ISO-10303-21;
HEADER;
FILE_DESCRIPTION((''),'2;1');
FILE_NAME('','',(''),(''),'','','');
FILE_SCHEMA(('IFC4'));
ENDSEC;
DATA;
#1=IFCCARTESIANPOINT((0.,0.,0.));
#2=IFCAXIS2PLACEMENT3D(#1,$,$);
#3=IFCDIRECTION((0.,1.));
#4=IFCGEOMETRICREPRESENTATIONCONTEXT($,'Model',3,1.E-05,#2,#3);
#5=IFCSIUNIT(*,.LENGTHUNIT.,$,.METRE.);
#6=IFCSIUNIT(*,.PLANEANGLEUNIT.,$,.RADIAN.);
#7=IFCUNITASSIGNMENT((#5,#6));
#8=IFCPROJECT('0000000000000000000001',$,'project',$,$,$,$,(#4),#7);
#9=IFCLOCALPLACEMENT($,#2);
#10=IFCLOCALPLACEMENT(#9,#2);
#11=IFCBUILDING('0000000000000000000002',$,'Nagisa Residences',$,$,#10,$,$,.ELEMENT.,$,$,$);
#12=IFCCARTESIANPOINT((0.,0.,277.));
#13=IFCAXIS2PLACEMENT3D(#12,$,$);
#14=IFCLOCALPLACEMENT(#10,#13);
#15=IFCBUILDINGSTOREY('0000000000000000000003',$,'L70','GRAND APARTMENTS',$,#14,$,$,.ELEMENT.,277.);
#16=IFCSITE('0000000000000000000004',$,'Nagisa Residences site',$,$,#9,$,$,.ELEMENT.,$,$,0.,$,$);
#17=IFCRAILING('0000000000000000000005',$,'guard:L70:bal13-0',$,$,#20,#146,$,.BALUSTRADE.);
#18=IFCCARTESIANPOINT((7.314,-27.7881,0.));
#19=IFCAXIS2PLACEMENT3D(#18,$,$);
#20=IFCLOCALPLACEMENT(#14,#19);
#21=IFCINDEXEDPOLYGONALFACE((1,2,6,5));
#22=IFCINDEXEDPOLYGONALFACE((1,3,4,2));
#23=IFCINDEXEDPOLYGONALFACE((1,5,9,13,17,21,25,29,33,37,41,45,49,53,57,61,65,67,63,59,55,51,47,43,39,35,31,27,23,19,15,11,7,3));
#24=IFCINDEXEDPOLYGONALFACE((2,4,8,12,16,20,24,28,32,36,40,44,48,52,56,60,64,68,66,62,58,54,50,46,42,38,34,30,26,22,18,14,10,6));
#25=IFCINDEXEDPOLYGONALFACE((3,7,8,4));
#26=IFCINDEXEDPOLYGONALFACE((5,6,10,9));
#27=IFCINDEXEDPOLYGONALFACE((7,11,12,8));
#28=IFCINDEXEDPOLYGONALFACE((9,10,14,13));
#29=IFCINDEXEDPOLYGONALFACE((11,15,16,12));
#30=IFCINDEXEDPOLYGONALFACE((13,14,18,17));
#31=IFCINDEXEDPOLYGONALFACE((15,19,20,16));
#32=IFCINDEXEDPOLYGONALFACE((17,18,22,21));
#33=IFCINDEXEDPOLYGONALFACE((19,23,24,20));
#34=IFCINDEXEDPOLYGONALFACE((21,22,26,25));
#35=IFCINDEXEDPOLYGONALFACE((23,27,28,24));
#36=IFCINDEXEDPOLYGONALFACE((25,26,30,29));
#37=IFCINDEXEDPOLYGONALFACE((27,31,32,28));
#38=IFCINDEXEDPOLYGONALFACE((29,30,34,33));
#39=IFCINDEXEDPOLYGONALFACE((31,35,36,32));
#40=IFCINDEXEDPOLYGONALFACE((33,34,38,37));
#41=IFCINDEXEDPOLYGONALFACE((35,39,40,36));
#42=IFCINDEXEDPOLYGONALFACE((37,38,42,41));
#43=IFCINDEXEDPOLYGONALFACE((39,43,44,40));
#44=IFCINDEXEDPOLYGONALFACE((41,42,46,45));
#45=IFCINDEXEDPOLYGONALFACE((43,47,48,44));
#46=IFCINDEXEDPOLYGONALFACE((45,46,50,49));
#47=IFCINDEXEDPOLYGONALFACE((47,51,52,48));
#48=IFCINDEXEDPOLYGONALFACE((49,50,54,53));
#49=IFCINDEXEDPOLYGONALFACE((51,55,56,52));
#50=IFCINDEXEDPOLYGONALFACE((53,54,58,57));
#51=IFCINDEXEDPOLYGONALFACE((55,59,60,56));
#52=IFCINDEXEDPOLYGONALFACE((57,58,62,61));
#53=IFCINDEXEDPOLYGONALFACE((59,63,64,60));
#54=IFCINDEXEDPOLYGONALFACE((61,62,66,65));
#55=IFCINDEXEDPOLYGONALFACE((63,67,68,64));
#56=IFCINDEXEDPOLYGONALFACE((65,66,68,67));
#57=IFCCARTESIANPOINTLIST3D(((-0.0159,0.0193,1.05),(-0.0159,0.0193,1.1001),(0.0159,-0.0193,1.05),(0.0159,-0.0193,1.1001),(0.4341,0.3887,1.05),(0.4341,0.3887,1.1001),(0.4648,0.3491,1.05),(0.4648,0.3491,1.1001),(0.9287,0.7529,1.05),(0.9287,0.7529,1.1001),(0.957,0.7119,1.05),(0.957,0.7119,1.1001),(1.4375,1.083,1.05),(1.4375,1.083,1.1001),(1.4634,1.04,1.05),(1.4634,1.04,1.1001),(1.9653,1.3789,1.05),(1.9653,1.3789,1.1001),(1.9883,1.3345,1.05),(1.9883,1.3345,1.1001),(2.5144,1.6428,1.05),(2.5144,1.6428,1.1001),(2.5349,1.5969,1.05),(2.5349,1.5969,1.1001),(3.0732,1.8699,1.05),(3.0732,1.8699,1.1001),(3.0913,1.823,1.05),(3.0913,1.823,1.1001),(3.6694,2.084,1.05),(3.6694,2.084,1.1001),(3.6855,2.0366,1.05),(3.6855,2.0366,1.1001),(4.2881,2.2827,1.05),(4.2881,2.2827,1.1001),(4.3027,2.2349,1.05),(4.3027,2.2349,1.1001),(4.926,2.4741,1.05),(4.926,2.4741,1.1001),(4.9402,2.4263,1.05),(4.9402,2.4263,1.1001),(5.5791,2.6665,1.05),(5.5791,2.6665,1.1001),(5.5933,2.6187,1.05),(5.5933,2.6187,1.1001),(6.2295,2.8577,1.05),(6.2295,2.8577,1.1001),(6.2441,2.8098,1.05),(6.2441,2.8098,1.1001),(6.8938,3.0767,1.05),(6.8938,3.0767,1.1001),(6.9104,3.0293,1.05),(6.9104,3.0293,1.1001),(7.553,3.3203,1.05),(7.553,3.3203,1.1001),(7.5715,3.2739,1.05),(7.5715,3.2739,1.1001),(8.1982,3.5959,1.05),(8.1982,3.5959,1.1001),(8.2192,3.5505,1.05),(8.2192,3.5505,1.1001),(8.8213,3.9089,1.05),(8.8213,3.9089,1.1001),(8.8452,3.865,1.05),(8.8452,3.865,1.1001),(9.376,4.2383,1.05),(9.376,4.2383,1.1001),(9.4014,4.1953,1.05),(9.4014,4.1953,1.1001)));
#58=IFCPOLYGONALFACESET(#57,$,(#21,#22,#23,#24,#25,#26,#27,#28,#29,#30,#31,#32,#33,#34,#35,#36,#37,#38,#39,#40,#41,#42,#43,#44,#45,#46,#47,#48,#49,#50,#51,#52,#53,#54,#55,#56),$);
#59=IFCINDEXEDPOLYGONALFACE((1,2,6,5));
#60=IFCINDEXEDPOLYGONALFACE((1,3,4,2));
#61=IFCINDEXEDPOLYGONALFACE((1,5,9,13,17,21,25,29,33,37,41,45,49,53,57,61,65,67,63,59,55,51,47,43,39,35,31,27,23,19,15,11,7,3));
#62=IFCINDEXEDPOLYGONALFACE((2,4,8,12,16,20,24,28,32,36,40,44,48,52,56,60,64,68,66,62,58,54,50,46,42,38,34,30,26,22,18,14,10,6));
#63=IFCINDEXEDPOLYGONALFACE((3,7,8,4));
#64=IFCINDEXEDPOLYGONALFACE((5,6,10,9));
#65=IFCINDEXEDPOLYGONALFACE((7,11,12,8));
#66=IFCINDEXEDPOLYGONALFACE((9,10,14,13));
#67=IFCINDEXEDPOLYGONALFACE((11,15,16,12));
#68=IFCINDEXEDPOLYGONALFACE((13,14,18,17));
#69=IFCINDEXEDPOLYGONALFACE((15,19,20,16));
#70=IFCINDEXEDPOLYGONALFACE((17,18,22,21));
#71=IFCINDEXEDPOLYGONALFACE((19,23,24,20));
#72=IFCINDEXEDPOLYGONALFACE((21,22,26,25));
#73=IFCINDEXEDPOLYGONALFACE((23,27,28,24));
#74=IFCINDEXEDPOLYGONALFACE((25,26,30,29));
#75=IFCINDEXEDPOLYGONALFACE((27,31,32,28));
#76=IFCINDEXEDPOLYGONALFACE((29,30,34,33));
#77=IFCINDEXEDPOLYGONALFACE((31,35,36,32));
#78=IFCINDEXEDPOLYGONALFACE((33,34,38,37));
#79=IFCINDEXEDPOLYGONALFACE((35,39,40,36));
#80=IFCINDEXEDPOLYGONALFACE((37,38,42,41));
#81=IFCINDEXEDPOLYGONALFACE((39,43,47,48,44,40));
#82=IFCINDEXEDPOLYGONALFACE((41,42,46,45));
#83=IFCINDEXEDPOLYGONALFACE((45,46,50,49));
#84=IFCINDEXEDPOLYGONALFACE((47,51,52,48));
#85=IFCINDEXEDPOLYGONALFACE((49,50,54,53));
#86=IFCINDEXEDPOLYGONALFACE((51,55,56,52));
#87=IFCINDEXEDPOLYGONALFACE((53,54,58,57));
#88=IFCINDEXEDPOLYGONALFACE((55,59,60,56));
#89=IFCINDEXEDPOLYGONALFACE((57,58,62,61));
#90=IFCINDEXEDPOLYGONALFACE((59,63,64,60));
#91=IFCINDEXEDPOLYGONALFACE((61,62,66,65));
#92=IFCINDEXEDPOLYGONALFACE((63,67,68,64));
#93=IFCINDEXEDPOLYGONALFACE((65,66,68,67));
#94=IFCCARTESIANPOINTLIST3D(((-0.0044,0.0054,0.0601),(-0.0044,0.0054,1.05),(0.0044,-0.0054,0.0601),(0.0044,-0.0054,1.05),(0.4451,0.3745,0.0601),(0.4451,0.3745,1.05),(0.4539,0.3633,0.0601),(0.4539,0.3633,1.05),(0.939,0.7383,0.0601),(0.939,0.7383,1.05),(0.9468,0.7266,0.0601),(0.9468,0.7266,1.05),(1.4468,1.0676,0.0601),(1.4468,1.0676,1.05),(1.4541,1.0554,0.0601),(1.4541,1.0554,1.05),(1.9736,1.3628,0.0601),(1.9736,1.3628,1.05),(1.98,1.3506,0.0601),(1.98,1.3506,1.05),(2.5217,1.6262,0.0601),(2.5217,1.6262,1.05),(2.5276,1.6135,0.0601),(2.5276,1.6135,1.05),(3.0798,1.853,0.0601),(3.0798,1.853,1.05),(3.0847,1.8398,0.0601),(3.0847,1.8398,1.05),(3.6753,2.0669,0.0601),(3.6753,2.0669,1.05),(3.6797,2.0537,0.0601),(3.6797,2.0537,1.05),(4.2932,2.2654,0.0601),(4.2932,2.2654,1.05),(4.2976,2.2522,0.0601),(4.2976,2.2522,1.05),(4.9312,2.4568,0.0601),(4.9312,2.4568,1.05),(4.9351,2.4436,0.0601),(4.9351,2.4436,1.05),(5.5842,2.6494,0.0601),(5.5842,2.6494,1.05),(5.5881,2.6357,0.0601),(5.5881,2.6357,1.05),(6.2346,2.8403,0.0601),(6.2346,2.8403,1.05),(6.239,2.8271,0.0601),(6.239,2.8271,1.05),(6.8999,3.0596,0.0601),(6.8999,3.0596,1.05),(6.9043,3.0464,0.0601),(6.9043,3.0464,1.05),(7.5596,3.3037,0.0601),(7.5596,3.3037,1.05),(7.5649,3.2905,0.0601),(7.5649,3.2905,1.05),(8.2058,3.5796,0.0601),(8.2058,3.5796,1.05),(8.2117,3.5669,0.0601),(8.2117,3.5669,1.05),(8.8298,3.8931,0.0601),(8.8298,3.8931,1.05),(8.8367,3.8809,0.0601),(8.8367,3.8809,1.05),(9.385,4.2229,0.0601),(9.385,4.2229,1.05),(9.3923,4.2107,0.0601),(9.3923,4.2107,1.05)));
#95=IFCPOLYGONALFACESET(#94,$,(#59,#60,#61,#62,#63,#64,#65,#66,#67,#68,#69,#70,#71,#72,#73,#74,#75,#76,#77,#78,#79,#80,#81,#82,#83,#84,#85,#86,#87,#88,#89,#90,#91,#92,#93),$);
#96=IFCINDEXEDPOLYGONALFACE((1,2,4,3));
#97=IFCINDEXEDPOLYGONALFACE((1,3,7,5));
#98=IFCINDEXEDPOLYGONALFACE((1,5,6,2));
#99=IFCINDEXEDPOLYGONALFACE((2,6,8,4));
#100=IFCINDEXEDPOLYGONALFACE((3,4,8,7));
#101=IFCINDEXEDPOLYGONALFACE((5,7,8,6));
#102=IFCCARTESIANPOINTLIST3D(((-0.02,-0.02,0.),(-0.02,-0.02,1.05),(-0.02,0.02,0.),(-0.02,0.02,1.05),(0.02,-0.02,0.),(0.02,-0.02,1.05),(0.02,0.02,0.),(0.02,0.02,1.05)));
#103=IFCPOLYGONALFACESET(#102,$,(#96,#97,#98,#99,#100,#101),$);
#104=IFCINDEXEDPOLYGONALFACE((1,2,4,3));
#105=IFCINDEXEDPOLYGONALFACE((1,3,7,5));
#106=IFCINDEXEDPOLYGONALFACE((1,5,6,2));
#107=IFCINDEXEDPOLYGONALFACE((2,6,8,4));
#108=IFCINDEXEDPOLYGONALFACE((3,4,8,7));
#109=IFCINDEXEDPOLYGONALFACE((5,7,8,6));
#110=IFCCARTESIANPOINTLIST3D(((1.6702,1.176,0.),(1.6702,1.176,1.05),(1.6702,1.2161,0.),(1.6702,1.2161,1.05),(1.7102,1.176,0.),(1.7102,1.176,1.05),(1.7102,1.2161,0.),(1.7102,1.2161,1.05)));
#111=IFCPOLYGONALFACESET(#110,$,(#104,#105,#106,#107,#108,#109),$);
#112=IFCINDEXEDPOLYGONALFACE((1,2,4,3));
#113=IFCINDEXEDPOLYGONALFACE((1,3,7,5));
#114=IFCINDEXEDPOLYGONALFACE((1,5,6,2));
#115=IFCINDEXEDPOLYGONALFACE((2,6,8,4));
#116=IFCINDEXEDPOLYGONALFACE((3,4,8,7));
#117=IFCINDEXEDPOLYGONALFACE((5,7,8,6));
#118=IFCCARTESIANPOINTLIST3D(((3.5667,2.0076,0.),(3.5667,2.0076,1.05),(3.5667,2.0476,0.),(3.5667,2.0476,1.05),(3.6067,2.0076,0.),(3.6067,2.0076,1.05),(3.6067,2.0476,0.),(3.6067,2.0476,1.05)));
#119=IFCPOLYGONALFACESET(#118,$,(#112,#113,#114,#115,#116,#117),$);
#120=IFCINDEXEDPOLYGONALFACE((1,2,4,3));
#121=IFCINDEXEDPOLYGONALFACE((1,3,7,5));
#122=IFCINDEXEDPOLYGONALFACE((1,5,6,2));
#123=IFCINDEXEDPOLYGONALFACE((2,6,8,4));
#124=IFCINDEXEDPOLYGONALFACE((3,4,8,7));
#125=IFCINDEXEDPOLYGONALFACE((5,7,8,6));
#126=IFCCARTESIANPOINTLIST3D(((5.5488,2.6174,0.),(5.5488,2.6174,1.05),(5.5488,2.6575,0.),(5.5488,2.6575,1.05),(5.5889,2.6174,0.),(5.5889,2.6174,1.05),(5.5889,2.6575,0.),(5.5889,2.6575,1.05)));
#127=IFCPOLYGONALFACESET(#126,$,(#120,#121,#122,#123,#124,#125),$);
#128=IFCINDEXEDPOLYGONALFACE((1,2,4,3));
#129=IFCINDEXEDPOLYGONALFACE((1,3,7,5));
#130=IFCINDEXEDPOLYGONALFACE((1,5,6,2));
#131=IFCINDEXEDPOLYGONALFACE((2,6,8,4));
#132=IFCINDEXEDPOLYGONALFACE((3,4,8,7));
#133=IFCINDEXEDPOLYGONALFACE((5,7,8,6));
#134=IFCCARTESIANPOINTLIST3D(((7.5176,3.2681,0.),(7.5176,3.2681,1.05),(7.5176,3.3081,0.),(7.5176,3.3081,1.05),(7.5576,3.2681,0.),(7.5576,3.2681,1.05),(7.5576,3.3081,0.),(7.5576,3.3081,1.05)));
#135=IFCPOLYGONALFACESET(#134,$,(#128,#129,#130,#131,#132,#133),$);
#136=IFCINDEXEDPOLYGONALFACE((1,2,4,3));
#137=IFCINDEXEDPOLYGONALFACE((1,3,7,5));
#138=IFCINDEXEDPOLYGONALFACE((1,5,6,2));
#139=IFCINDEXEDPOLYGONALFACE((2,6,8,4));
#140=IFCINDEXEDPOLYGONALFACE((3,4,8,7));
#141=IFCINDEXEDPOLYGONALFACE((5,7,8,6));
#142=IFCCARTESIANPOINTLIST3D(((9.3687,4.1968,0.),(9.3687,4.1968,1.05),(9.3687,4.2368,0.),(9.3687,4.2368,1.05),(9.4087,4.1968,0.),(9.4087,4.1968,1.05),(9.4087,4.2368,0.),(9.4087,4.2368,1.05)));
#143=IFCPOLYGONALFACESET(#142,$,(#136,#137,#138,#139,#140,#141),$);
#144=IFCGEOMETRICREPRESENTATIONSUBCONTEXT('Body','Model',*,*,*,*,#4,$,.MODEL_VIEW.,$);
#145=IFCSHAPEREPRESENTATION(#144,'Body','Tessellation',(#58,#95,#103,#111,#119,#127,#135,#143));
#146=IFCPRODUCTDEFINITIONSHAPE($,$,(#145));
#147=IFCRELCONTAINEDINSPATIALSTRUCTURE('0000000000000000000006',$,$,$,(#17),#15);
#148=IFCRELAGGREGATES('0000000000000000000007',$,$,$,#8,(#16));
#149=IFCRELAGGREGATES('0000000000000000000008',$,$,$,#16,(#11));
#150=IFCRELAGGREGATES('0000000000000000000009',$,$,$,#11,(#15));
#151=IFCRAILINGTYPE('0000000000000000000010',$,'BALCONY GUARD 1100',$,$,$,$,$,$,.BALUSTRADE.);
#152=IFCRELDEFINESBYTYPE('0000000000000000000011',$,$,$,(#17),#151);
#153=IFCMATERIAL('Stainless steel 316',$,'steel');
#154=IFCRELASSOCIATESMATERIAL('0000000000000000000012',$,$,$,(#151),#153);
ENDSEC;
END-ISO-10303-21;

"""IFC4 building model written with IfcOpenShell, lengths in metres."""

from ifc_helpers import new_model, si_unit, direction, frame, origin, origin_2d, place, context, subcontext, project, spatial, polyline, rectangle, outline, extrude, material, type_object, element, save


model = new_model("IFC4")

# Units and contexts
model_context = context("Model", 3, precision=1e-05, world=origin(), true_north=direction((0.0, 1.0)))
body_context = subcontext(model_context, "Body", "Model", "MODEL_VIEW")
ifc_project = project(units=[si_unit("LENGTHUNIT", "METRE"), si_unit("PLANEANGLEUNIT", "RADIAN")], contexts=[model_context])

# Site, building, storey
site_placement = place(None, origin())
site = spatial("IfcSite", under=ifc_project, at=site_placement, Name="Nagisa Residences site", CompositionType="ELEMENT", RefElevation=0.0)
building_placement = place(site_placement, origin())
building = spatial("IfcBuilding", under=site, at=building_placement, Name="Nagisa Residences", CompositionType="ELEMENT")
storey_placement = place(building_placement, frame((0.0, 0.0, 277.0)))
storey = spatial("IfcBuildingStorey", under=building, at=storey_placement, Name="L70", Description="GRAND APARTMENTS", CompositionType="ELEMENT", Elevation=277.0)

# Railing
ifc_material_1 = material(Name="Stainless steel 316", Category="steel")
railing_type = type_object("IfcRailingType", Name="BALCONY GUARD 1100", PredefinedType="BALUSTRADE", material=ifc_material_1)
railing_placement = place(storey_placement, frame((7.314, -27.7881, 0.0)))
element("IfcRailing", 1, at=railing_placement, inside=storey, type_object=railing_type, Name="guard:L70:bal13-0", PredefinedType="BALUSTRADE", context=body_context, shape_type="SweptSolid", body=[
    extrude(outline(polyline([(0.4341, 0.3887), (-0.0159, 0.0193), (0.0159, -0.0193), (0.4648, 0.3491), (0.957, 0.7119), (1.4634, 1.04), (1.9883, 1.3345), (2.5349, 1.5969), (3.0913, 1.823), (3.6855, 2.0366), (4.3027, 2.2349), (4.9402, 2.4263), (5.5933, 2.6187), (6.2441, 2.8098), (6.9104, 3.0293), (7.5715, 3.2739), (8.2192, 3.5505), (8.8452, 3.865), (9.4014, 4.1953), (9.376, 4.2383), (8.8213, 3.9089), (8.1982, 3.5959), (7.553, 3.3203), (6.8938, 3.0767), (6.2295, 2.8577), (5.5791, 2.6665), (4.926, 2.4741), (4.2881, 2.2827), (3.6694, 2.084), (3.0732, 1.8699), (2.5144, 1.6428), (1.9653, 1.3789), (1.4375, 1.083), (0.9287, 0.7529), (0.4341, 0.3887)])), frame((0.0, 0.0, 1.05)), (0.0, 0.0, 1.0), 0.05),
    extrude(outline(polyline([(0.4451, 0.3745), (-0.0044, 0.0054), (0.0044, -0.0054), (0.4539, 0.3633), (0.9468, 0.7266), (1.4541, 1.0554), (1.98, 1.3506), (2.5276, 1.6135), (3.0847, 1.8398), (3.6797, 2.0537), (4.2976, 2.2522), (4.9351, 2.4436), (5.5881, 2.6357), (6.239, 2.8271), (6.9043, 3.0464), (7.5649, 3.2905), (8.2117, 3.5669), (8.8367, 3.8809), (9.3923, 4.2107), (9.385, 4.2229), (8.8298, 3.8931), (8.2058, 3.5796), (7.5596, 3.3037), (6.8999, 3.0596), (6.2346, 2.8403), (5.5842, 2.6494), (4.9312, 2.4568), (4.2932, 2.2654), (3.6753, 2.0669), (3.0798, 1.853), (2.5217, 1.6262), (1.9736, 1.3628), (1.4468, 1.0676), (0.939, 0.7383), (0.4451, 0.3745)])), frame((0.0, 0.0, 0.0601)), (0.0, 0.0, 1.0), 0.99),
    extrude(rectangle(XDim=0.04, YDim=0.04, at=origin_2d()), origin(), (0.0, 0.0, 1.0), 1.05),
    extrude(rectangle(XDim=0.04, YDim=0.04, at=origin_2d()), frame((1.6902, 1.196, 0.0)), (0.0, 0.0, 1.0), 1.05),
    extrude(rectangle(XDim=0.04, YDim=0.04, at=origin_2d()), frame((3.5867, 2.0276, 0.0)), (0.0, 0.0, 1.0), 1.05),
    extrude(rectangle(XDim=0.04, YDim=0.04, at=origin_2d()), frame((5.5688, 2.6375, 0.0)), (0.0, 0.0, 1.0), 1.05),
    extrude(rectangle(XDim=0.04, YDim=0.04, at=origin_2d()), frame((7.5376, 3.2881, 0.0)), (0.0, 0.0, 1.0), 1.05),
    extrude(rectangle(XDim=0.04, YDim=0.04, at=origin_2d()), frame((9.3887, 4.2168, 0.0)), (0.0, 0.0, 1.0), 1.05),
])

save(model, "model.ifc")
